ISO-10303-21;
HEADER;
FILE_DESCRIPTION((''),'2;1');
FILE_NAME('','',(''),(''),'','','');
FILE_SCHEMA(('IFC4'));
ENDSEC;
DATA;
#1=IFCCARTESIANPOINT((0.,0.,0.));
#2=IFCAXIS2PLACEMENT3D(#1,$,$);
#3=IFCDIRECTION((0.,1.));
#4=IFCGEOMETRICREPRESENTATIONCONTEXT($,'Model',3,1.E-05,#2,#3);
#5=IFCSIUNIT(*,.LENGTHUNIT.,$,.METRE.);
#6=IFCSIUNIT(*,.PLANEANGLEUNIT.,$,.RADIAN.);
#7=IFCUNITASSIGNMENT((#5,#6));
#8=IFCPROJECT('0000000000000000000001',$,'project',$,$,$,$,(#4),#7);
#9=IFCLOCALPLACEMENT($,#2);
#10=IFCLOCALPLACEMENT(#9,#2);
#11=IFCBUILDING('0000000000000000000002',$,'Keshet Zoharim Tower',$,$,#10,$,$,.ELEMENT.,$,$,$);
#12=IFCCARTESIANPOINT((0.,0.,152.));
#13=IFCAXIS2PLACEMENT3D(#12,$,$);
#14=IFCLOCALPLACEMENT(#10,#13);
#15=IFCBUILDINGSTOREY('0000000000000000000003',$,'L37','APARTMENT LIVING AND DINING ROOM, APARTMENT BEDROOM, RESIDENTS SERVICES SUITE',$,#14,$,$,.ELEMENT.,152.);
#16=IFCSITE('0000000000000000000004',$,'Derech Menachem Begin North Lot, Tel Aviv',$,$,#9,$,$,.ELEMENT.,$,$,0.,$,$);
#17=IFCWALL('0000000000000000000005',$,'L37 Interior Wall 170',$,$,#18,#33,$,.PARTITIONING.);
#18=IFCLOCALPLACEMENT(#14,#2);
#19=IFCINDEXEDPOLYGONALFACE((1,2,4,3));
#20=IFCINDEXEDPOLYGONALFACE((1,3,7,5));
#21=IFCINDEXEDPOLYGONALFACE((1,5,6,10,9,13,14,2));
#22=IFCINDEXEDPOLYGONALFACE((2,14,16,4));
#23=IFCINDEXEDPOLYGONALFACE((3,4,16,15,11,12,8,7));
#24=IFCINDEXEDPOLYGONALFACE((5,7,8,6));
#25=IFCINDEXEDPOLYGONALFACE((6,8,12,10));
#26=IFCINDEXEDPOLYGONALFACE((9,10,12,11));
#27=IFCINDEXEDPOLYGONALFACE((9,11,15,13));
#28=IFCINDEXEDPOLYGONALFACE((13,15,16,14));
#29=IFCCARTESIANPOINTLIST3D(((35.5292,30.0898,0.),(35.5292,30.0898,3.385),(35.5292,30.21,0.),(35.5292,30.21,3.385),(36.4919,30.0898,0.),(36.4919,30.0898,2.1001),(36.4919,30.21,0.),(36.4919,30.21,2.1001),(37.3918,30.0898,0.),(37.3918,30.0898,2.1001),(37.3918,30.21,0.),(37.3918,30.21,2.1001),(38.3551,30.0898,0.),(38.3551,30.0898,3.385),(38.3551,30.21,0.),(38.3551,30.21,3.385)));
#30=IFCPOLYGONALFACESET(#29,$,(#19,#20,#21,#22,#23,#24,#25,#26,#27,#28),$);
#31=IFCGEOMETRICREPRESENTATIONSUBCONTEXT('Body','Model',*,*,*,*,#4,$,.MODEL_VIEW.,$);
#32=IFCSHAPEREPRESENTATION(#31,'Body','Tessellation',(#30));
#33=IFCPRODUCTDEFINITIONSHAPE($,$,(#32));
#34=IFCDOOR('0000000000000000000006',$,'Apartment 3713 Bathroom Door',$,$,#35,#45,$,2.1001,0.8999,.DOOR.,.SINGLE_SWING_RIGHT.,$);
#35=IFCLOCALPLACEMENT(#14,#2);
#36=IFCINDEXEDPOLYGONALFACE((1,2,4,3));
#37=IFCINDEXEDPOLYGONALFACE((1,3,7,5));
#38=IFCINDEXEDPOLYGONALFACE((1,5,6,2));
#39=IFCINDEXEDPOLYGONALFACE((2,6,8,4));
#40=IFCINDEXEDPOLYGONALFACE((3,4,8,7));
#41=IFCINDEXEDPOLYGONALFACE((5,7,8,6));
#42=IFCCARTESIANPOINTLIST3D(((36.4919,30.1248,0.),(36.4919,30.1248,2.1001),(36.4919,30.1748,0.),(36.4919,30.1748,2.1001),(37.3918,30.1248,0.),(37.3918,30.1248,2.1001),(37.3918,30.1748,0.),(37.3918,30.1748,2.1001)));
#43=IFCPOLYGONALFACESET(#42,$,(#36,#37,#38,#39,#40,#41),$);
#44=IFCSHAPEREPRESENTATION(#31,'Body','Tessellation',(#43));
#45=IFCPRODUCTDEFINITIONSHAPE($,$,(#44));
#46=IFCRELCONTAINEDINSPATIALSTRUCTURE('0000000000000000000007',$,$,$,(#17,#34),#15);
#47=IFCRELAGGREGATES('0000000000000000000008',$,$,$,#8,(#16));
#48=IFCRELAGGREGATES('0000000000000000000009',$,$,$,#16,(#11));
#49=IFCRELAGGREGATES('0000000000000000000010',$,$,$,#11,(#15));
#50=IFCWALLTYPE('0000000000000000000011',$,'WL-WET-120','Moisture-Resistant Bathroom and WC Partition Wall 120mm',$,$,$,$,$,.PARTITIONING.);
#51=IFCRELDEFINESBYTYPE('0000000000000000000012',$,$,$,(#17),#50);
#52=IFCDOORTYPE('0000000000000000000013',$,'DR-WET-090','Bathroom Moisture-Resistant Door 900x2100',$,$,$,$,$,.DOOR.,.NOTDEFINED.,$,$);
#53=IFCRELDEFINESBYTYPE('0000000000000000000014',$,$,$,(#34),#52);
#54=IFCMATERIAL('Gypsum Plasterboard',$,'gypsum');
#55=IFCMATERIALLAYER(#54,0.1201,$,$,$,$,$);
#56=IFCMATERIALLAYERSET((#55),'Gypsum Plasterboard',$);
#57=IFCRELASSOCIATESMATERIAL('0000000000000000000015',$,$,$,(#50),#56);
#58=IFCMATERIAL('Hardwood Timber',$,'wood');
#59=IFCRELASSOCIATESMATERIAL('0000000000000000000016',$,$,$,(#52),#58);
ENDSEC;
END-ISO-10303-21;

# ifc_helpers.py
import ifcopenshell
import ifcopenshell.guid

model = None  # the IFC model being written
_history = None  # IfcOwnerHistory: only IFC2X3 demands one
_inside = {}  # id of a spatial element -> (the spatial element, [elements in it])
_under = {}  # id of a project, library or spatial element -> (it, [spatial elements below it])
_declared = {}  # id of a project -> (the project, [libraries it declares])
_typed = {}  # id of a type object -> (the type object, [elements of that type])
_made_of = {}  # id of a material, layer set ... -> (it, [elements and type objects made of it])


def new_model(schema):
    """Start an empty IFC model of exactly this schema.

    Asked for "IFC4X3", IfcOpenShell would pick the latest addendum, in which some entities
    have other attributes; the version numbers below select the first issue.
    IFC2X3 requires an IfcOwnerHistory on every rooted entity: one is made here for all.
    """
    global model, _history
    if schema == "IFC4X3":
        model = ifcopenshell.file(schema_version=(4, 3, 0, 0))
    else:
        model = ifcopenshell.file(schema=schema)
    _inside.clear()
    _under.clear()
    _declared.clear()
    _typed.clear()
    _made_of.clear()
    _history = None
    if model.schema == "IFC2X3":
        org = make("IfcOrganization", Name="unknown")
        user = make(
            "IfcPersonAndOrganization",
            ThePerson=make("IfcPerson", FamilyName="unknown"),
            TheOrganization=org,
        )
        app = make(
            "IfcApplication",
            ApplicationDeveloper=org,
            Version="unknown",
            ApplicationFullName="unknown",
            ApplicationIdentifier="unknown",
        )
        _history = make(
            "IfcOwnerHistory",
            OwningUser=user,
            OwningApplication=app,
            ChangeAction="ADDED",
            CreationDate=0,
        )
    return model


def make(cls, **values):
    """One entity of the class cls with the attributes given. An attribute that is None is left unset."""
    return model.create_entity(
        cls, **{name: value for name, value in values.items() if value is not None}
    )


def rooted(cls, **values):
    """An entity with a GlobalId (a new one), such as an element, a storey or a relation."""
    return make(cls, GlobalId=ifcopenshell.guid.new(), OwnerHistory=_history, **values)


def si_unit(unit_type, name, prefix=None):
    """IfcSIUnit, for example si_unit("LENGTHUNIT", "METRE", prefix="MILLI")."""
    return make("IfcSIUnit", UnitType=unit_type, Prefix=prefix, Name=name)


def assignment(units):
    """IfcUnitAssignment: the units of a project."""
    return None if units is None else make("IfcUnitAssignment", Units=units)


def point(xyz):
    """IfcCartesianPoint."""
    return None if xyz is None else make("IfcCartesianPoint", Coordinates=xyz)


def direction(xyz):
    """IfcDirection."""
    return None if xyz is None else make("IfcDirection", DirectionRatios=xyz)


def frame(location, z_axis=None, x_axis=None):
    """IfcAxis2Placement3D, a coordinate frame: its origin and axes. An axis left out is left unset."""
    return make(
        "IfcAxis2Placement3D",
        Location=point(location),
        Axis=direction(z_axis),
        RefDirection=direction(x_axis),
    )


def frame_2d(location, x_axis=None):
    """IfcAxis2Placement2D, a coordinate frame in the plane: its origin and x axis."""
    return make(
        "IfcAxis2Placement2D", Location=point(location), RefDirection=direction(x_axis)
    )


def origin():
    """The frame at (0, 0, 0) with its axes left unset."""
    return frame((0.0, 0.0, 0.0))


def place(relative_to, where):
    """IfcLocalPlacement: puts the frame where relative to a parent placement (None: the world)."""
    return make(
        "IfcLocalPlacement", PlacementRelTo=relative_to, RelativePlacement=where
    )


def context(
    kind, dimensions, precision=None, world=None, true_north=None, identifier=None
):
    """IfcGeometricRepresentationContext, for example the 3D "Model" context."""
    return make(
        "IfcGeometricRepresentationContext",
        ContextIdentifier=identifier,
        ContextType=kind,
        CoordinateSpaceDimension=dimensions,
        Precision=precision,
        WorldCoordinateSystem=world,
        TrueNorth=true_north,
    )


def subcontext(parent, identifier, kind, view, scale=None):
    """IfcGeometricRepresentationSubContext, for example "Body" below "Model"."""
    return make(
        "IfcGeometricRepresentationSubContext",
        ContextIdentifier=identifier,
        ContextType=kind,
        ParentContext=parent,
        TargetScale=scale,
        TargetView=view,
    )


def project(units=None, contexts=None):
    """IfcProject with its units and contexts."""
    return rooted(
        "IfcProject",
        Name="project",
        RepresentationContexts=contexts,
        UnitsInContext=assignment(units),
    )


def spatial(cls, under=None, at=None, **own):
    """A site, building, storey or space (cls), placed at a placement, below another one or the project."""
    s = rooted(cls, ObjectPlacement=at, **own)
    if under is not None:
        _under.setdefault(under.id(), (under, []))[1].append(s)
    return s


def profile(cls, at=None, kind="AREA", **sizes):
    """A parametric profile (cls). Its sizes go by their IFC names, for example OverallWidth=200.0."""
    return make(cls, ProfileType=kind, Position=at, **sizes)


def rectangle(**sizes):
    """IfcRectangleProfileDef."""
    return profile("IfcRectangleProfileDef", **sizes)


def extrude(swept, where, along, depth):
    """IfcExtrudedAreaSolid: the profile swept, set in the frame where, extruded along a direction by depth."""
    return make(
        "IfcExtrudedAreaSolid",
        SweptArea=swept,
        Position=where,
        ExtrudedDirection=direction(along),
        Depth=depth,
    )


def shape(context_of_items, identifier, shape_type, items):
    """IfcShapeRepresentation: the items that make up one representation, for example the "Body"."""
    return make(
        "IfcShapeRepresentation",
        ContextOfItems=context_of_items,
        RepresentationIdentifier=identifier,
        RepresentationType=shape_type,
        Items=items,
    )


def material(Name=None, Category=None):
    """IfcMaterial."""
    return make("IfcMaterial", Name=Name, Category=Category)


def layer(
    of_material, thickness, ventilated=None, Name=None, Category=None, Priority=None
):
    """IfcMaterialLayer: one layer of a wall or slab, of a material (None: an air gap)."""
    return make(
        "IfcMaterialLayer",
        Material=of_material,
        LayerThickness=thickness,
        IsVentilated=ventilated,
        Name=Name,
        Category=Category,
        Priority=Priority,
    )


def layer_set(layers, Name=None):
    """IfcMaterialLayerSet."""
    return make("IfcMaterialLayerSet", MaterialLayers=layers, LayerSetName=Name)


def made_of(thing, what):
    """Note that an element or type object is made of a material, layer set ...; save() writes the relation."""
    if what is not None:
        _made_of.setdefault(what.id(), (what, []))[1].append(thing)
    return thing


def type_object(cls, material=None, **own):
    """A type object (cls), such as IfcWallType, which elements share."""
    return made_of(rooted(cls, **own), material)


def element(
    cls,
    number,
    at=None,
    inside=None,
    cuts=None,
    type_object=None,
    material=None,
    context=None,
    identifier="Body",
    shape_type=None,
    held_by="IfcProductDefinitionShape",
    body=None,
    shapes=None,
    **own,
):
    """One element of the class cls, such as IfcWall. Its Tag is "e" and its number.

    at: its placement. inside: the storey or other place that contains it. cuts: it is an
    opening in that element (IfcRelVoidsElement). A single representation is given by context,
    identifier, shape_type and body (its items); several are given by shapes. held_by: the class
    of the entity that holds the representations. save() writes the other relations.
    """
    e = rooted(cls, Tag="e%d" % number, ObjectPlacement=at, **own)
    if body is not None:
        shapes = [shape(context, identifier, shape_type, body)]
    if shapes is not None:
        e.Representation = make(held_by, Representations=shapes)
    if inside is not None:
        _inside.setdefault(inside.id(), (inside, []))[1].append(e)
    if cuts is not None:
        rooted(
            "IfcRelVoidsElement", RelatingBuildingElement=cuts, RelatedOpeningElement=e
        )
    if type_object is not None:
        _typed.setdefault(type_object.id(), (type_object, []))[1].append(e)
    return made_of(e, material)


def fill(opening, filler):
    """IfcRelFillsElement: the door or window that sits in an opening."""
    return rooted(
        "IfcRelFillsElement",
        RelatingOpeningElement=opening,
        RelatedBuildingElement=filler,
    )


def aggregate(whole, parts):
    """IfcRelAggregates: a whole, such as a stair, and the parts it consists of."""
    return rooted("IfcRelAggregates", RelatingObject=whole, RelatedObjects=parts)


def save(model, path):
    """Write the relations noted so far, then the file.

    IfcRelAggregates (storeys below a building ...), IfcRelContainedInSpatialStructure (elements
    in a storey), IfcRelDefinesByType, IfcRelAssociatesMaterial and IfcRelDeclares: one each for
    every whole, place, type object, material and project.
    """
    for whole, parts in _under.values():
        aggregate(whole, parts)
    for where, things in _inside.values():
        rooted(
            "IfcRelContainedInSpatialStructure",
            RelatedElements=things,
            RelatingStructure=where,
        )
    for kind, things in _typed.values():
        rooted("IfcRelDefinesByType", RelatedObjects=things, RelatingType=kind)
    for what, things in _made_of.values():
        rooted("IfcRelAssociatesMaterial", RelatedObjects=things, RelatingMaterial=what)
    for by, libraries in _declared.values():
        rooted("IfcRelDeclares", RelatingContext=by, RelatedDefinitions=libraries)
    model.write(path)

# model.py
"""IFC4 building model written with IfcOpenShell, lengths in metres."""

from ifc_helpers import new_model, si_unit, direction, frame, frame_2d, origin, place, context, subcontext, project, spatial, rectangle, extrude, material, layer, layer_set, type_object, element, fill, save


model = new_model("IFC4")

# Units and contexts
model_context = context("Model", 3, precision=1e-05, world=origin(), true_north=direction((0.0, 1.0)))
body_context = subcontext(model_context, "Body", "Model", "MODEL_VIEW")
ifc_project = project(units=[si_unit("LENGTHUNIT", "METRE"), si_unit("PLANEANGLEUNIT", "RADIAN")], contexts=[model_context])

# Site, building, storey
site_placement = place(None, origin())
site = spatial("IfcSite", under=ifc_project, at=site_placement, Name="Derech Menachem Begin North Lot, Tel Aviv", CompositionType="ELEMENT", RefElevation=0.0)
building_placement = place(site_placement, origin())
building = spatial("IfcBuilding", under=site, at=building_placement, Name="Keshet Zoharim Tower", CompositionType="ELEMENT")
storey_placement = place(building_placement, frame((0.0, 0.0, 152.0)))
storey = spatial("IfcBuildingStorey", under=building, at=storey_placement, Name="L37", Description="APARTMENT LIVING AND DINING ROOM, APARTMENT BEDROOM, RESIDENTS SERVICES SUITE", CompositionType="ELEMENT", Elevation=152.0)

# Shared definitions
ifc_material_1 = material(Name="Gypsum Plasterboard", Category="gypsum")
ifc_material_2 = material(Name="Hardwood Timber", Category="wood")

# Shared definitions
ifc_layer_1 = layer(ifc_material_1, 0.1201)
ifc_layer_set_1 = layer_set([ifc_layer_1], Name="Gypsum Plasterboard")
wall_type_1 = type_object("IfcWallType", Name="WL-WET-120", Description="Moisture-Resistant Bathroom and WC Partition Wall 120mm", PredefinedType="PARTITIONING", material=ifc_layer_set_1)

# Wall, opening, door
wall_1_placement = place(storey_placement, frame((35.5291, 30.1499, 0.0), z_axis=(0.0, 0.0, 1.0), x_axis=(1.0, 0.0, 0.0)))
wall_1 = element("IfcWall", 1, at=wall_1_placement, inside=storey, type_object=wall_type_1, Name="L37 Interior Wall 170", PredefinedType="PARTITIONING", context=body_context, shape_type="SweptSolid", body=[
    extrude(rectangle(XDim=2.8259, YDim=0.1201, at=frame_2d((1.4131, 0.0))), origin(), (0.0, 0.0, 1.0), 3.385),
])
opening_1_placement = place(wall_1_placement, frame((0.9629, 0.0, 0.0)))
opening_1 = element("IfcOpeningElement", 2, at=opening_1_placement, cuts=wall_1, PredefinedType="OPENING", context=body_context, shape_type="SweptSolid", body=[
    extrude(rectangle(XDim=0.8999, YDim=2.1001, at=frame_2d((0.45, 1.05))), frame((0.0, 0.0701, 0.0), z_axis=(0.0, -1.0, 0.0), x_axis=(1.0, 0.0, 0.0)), (0.0, 0.0, 1.0), 0.1401),
])
door_type_1 = type_object("IfcDoorType", Name="DR-WET-090", Description="Bathroom Moisture-Resistant Door 900x2100", OperationType="NOTDEFINED", PredefinedType="DOOR", material=ifc_material_2)
door_1_placement = place(opening_1_placement, origin())
door_1 = element("IfcDoor", 3, at=door_1_placement, inside=storey, type_object=door_type_1, Name="Apartment 3713 Bathroom Door", OperationType="SINGLE_SWING_RIGHT", OverallHeight=2.1001, OverallWidth=0.8999, PredefinedType="DOOR", context=body_context, shape_type="SweptSolid", body=[
    extrude(rectangle(XDim=0.8999, YDim=2.1001, at=frame_2d((0.45, 1.05))), frame((0.0, 0.0249, 0.0), z_axis=(0.0, -1.0, 0.0), x_axis=(1.0, 0.0, 0.0)), (0.0, 0.0, 1.0), 0.05),
])
fill(opening_1, door_1)

save(model, "model.ifc")
